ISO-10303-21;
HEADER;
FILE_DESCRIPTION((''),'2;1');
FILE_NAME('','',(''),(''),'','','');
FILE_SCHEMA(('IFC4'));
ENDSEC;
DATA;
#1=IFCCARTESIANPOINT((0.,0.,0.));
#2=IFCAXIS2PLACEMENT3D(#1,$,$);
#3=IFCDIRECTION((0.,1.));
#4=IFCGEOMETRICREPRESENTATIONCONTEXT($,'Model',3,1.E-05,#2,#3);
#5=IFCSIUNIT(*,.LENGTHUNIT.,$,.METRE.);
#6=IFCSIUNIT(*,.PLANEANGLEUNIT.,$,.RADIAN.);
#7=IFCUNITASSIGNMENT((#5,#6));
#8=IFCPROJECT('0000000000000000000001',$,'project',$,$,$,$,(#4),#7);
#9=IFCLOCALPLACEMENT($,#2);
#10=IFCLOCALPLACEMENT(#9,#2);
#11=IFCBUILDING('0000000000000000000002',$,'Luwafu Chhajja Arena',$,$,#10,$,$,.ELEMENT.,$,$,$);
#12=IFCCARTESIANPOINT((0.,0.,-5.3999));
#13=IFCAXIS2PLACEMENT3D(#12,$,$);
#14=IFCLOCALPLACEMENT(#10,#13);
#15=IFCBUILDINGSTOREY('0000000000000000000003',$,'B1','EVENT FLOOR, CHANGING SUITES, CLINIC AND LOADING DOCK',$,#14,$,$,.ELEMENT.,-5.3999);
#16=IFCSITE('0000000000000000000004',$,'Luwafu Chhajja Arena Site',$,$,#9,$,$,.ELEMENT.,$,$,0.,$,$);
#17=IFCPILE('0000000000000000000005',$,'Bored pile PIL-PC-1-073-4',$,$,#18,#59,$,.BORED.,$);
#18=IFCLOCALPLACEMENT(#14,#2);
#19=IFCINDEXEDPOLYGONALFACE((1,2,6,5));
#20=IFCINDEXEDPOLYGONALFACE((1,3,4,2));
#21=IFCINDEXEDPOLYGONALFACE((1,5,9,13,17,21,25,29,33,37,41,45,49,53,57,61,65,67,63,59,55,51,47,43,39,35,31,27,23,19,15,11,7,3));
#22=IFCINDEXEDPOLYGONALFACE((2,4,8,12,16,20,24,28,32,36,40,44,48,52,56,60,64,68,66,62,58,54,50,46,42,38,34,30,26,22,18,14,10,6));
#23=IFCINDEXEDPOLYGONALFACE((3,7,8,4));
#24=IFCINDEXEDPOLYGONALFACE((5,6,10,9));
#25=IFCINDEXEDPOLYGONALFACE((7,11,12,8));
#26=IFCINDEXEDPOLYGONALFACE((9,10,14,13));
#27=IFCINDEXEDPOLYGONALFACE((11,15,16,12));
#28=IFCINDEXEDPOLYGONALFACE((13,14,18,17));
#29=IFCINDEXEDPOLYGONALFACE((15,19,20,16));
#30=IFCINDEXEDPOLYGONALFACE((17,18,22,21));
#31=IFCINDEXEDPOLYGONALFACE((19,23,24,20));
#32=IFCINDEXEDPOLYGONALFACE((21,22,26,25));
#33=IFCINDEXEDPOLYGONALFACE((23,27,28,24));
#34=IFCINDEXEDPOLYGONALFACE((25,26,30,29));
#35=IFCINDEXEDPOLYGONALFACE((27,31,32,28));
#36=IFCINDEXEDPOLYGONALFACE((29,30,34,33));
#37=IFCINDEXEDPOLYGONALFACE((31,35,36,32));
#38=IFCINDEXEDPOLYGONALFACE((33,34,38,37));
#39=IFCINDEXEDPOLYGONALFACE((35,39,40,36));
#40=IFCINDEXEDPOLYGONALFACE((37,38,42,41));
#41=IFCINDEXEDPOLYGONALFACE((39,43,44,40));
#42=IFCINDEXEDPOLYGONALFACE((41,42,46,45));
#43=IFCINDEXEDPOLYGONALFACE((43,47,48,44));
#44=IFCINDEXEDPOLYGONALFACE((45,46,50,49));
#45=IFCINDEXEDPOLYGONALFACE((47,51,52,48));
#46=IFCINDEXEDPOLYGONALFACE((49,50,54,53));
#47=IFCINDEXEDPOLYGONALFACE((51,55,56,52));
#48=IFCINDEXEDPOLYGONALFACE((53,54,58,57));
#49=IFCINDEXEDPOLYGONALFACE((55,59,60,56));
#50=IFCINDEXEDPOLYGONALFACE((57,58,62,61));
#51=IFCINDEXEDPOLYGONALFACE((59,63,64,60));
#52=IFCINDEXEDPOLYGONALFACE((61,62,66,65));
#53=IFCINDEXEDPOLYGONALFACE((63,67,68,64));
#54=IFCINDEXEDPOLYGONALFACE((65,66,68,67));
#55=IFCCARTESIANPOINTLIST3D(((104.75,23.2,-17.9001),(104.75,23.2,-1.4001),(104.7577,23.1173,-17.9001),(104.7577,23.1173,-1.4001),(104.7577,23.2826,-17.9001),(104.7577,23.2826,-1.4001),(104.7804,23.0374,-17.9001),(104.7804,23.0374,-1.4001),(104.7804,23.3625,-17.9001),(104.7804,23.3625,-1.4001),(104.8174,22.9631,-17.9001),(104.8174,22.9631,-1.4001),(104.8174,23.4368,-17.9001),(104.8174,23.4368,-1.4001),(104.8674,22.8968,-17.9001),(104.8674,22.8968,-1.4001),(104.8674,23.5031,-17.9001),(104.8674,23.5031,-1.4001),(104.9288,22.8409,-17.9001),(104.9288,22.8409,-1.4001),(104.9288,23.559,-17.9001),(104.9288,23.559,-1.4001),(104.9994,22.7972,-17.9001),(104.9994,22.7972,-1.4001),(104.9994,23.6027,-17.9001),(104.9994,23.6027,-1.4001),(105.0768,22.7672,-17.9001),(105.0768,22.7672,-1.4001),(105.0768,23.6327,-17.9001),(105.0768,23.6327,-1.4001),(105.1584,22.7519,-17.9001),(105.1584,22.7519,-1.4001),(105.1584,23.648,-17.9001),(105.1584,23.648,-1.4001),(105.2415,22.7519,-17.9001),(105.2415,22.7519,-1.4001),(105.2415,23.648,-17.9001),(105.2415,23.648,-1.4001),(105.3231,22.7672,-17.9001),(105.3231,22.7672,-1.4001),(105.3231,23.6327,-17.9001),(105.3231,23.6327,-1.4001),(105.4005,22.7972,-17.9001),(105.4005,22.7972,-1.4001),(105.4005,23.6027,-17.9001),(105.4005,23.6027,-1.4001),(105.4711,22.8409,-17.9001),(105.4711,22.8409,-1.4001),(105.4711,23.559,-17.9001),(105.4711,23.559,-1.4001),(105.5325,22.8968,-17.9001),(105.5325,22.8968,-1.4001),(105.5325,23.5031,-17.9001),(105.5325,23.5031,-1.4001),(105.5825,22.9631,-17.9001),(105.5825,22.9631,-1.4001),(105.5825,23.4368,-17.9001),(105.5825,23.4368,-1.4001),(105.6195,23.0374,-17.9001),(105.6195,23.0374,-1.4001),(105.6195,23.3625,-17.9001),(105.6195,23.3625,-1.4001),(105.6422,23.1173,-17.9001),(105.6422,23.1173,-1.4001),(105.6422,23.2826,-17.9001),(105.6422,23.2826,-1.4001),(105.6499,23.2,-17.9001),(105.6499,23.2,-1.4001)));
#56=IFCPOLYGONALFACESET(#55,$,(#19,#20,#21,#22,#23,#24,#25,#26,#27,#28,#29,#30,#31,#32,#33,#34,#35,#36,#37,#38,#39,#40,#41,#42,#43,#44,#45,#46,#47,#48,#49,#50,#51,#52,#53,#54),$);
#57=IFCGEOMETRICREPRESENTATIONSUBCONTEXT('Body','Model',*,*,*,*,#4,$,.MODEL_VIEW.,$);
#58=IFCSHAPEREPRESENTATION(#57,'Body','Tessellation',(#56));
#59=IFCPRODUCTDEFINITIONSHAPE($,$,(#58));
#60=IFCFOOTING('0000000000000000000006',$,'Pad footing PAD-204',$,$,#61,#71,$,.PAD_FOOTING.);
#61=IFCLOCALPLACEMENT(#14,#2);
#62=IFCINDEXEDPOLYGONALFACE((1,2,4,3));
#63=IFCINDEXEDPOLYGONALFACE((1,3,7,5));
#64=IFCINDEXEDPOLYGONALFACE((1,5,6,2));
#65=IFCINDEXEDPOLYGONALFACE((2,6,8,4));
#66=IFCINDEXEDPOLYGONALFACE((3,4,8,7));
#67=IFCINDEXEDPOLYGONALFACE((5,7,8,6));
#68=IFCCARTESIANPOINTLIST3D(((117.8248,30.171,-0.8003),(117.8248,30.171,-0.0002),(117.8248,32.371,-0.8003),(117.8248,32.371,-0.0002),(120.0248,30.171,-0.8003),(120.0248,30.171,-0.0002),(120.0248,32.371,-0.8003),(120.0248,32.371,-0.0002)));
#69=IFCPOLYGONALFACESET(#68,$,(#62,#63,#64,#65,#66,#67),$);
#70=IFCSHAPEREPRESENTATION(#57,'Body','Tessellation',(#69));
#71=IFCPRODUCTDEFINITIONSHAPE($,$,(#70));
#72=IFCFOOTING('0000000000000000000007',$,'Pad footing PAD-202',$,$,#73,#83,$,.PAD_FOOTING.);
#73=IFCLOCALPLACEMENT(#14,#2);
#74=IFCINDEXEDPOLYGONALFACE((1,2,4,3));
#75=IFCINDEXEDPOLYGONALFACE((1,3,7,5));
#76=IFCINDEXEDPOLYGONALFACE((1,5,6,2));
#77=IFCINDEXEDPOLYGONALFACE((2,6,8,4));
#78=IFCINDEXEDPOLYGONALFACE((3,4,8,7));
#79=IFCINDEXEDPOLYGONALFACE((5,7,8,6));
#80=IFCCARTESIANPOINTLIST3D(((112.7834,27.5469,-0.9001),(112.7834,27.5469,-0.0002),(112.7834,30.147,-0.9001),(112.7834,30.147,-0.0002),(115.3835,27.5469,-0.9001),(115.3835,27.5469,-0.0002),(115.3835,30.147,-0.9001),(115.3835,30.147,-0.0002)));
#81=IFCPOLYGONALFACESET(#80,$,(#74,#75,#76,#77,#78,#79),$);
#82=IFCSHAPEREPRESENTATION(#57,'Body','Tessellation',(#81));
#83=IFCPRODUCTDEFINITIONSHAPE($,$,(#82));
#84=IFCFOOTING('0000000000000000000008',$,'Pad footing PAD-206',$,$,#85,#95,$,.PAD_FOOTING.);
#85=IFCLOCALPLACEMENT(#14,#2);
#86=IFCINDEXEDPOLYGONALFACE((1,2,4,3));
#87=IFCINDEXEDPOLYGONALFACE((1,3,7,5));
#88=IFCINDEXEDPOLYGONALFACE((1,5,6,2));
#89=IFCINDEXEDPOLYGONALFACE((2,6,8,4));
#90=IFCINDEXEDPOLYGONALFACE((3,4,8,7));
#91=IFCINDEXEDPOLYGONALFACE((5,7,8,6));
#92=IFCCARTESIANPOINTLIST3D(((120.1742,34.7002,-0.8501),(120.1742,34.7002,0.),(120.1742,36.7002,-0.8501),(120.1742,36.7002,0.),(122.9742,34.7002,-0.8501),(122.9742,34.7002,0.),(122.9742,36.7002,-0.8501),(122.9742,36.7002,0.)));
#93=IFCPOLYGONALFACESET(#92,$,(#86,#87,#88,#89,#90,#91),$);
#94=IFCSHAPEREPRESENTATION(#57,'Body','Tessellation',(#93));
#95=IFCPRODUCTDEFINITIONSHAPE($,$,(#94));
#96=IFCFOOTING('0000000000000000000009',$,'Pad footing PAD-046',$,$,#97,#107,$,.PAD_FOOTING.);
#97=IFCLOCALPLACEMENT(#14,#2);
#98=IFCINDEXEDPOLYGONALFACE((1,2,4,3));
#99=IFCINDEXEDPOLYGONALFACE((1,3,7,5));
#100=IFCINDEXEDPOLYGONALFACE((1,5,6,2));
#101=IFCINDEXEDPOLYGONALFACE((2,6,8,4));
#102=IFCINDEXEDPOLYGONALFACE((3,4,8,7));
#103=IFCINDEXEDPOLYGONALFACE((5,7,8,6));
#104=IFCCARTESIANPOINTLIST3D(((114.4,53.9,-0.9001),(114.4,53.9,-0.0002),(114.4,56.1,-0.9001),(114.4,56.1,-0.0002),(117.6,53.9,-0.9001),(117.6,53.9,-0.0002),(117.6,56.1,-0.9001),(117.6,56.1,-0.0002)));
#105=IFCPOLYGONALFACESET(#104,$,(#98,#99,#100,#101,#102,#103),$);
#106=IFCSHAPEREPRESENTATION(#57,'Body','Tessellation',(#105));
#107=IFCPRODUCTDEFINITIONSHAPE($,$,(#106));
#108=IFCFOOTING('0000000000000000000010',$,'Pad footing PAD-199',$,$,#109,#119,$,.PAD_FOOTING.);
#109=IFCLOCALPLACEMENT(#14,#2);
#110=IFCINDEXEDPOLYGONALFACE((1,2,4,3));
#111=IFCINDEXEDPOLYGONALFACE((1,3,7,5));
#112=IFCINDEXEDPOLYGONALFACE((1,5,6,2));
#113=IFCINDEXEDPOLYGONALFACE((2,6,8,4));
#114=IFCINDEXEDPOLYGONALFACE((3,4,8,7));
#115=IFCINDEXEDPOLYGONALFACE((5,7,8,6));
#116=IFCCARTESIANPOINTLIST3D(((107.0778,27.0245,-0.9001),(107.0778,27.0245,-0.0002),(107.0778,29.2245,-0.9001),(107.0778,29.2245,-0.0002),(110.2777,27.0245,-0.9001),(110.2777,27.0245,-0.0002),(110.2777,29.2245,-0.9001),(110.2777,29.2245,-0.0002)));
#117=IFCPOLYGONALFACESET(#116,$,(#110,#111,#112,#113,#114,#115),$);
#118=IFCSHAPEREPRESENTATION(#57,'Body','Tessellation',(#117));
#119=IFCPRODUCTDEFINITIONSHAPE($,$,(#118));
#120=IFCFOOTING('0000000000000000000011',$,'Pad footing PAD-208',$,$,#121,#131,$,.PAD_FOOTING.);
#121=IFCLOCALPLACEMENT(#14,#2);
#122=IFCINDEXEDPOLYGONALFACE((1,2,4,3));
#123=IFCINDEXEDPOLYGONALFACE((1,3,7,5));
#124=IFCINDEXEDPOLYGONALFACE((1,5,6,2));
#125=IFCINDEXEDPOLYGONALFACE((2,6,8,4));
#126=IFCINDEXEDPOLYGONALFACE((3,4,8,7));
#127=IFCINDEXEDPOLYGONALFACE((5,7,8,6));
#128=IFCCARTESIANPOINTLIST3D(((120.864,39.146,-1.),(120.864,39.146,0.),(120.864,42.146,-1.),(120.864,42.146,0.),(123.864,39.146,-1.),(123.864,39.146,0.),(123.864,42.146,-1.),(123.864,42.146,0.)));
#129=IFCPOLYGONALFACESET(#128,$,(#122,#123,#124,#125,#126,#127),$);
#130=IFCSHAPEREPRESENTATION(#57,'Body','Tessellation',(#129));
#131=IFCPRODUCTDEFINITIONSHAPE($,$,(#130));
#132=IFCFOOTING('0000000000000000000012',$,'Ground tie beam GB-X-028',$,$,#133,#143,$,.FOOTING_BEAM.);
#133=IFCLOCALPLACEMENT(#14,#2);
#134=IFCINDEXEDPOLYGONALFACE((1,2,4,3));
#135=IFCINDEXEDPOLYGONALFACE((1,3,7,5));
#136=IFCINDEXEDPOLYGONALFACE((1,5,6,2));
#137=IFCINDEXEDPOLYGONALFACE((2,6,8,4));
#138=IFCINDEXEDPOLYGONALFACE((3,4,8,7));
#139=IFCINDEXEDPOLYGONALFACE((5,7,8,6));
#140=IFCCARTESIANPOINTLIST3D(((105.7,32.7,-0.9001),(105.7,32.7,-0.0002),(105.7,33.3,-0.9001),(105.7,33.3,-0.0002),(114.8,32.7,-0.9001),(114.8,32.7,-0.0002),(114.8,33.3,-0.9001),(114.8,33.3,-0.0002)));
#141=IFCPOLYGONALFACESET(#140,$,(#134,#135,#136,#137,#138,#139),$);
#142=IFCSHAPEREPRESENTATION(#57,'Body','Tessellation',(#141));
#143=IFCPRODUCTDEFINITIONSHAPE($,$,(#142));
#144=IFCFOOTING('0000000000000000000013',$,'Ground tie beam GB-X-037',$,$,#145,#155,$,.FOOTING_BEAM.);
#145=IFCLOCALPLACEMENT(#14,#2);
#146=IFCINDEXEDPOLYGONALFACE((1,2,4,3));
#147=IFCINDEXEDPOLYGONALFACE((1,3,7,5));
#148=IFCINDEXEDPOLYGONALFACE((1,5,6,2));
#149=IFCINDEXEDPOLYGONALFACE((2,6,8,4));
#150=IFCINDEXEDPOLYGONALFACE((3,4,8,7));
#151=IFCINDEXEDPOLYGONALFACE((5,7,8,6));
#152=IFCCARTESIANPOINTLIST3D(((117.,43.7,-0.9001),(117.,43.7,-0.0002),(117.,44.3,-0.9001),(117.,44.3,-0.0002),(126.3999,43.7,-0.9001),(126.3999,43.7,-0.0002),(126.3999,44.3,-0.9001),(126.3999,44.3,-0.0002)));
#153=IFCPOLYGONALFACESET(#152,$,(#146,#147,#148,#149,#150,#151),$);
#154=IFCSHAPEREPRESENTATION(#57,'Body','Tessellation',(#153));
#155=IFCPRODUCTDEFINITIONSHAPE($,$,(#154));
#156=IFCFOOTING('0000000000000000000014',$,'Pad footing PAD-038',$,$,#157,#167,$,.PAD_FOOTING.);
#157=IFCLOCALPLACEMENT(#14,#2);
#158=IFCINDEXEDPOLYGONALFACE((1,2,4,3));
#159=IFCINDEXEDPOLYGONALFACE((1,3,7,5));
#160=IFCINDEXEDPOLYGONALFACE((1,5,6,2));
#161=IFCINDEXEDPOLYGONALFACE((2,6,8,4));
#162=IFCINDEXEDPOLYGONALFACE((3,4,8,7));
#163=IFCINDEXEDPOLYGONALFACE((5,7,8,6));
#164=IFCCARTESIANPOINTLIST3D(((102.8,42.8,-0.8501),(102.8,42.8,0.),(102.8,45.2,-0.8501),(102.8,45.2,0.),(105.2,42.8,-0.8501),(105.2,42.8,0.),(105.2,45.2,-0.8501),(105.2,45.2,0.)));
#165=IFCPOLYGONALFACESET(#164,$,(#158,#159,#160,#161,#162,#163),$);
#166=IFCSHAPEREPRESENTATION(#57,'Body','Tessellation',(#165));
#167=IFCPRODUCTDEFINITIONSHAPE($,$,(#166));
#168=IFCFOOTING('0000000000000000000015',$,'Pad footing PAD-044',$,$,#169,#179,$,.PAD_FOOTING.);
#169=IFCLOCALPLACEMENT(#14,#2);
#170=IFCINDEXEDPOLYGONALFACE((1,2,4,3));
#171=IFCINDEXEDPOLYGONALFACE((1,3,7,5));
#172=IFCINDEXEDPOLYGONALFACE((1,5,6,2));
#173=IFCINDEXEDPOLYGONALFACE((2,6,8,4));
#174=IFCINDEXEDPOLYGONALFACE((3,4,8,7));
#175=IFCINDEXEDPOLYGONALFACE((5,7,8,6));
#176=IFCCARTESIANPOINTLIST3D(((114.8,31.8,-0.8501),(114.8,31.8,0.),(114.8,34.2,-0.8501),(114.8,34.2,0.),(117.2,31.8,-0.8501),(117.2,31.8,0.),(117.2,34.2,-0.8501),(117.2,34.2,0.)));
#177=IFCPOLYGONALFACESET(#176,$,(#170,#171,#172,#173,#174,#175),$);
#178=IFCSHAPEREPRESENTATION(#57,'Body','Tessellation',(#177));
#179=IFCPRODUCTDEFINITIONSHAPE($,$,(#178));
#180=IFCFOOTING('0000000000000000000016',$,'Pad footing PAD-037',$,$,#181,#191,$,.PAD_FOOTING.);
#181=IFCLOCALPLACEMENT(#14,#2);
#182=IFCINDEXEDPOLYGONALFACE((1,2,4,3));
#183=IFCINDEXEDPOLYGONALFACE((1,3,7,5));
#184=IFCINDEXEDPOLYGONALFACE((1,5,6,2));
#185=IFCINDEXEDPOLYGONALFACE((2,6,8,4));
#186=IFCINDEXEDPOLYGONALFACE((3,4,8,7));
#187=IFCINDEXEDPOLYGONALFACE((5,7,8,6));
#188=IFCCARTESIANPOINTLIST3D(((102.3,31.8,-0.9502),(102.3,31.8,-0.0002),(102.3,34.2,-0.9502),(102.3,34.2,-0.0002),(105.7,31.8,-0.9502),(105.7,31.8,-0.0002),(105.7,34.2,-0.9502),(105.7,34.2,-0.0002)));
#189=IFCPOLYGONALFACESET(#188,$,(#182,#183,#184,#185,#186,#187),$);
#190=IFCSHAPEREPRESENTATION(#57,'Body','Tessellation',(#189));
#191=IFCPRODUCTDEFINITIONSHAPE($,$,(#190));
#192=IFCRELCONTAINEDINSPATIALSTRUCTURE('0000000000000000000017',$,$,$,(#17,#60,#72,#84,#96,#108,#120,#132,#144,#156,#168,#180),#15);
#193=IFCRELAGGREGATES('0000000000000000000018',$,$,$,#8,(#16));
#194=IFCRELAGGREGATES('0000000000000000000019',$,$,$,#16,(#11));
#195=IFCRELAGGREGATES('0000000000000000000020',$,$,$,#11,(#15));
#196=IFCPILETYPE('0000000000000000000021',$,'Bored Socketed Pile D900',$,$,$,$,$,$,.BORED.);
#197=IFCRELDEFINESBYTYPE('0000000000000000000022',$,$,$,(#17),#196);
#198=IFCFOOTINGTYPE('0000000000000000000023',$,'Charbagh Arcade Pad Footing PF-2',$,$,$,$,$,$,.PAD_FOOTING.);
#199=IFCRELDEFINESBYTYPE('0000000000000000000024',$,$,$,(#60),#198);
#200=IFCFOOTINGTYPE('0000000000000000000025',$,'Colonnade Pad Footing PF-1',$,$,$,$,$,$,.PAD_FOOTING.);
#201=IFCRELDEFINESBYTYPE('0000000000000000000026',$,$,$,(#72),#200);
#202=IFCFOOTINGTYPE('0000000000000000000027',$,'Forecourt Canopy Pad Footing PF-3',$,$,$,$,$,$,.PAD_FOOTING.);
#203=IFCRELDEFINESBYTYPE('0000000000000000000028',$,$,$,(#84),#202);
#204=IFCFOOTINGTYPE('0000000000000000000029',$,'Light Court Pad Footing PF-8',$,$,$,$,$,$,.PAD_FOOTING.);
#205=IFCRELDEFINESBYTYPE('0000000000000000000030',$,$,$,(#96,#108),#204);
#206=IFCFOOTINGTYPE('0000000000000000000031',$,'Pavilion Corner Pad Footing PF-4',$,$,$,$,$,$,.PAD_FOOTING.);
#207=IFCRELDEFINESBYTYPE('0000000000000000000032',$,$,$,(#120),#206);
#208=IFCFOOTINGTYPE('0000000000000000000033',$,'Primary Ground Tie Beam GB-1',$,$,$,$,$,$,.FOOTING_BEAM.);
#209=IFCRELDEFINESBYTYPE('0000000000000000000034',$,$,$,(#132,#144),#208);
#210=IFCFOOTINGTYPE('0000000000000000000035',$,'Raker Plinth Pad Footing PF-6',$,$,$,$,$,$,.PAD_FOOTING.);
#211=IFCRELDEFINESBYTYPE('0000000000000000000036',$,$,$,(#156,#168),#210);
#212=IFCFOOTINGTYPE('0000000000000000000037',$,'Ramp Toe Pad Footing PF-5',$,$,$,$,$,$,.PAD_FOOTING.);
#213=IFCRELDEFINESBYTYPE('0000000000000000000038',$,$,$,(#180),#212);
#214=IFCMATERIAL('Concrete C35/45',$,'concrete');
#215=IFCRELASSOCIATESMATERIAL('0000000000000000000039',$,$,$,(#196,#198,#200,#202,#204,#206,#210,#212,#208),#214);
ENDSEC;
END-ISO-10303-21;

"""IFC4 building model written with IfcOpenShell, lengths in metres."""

from ifc_helpers import new_model, si_unit, direction, frame, origin, origin_2d, place, context, subcontext, project, spatial, rectangle, circle, extrude, material, material_profile, profile_set, type_object, element, save


model = new_model("IFC4")

# Units and contexts
model_context = context("Model", 3, precision=1e-05, world=origin(), true_north=direction((0.0, 1.0)))
body_context = subcontext(model_context, "Body", "Model", "MODEL_VIEW")
ifc_project = project(units=[si_unit("LENGTHUNIT", "METRE"), si_unit("PLANEANGLEUNIT", "RADIAN")], contexts=[model_context])

# Site, building, storey
site_placement = place(None, origin())
site = spatial("IfcSite", under=ifc_project, at=site_placement, Name="Luwafu Chhajja Arena Site", CompositionType="ELEMENT", RefElevation=0.0)
building_placement = place(site_placement, origin())
building = spatial("IfcBuilding", under=site, at=building_placement, Name="Luwafu Chhajja Arena", CompositionType="ELEMENT")
storey_placement = place(building_placement, frame((0.0, 0.0, -5.3999)))
storey = spatial("IfcBuildingStorey", under=building, at=storey_placement, Name="B1", Description="EVENT FLOOR, CHANGING SUITES, CLINIC AND LOADING DOCK", CompositionType="ELEMENT", Elevation=-5.3999)

# Shared definitions
ifc_material_1 = material(Name="Concrete C35/45", Category="concrete")

# Pile
ifc_material_profile_1 = material_profile(ifc_material_1, circle(Radius=0.45, at=origin_2d()), Name="PILE D900")
ifc_profile_set_1 = profile_set([ifc_material_profile_1], Name="Concrete C35/45")
pile_type_1 = type_object("IfcPileType", Name="Bored Socketed Pile D900", PredefinedType="BORED", material=ifc_profile_set_1)
for number, where, z_axis, x_axis, name in (
    (1, (105.2, 23.2, -1.4001), (0.0, 0.0, -1.0), (1.0, 0.0, 0.0), "Bored pile PIL-PC-1-073-4"),
):
    element("IfcPile", number, at=place(storey_placement, frame(where, z_axis=z_axis, x_axis=x_axis)), inside=storey, type_object=pile_type_1, Name=name, PredefinedType="BORED", context=body_context, shape_type="SweptSolid", body=[
        extrude(circle(Radius=0.45, at=origin_2d()), origin(), (0.0, 0.0, 1.0), 16.5),
    ])

# Footings
footing_type_1 = type_object("IfcFootingType", Name="Charbagh Arcade Pad Footing PF-2", PredefinedType="PAD_FOOTING", material=ifc_material_1)
footing_1_placement = place(storey_placement, frame((118.9248, 31.271, -0.8003), z_axis=(0.0, 0.0, 1.0), x_axis=(1.0, 0.0, 0.0)))
element("IfcFooting", 2, at=footing_1_placement, inside=storey, type_object=footing_type_1, Name="Pad footing PAD-204", PredefinedType="PAD_FOOTING", context=body_context, shape_type="SweptSolid", body=[
    extrude(rectangle(XDim=2.2, YDim=2.2, at=origin_2d()), origin(), (0.0, 0.0, 1.0), 0.8),
])
footing_type_2 = type_object("IfcFootingType", Name="Colonnade Pad Footing PF-1", PredefinedType="PAD_FOOTING", material=ifc_material_1)
footing_2_placement = place(storey_placement, frame((114.0835, 28.8469, -0.9001), z_axis=(0.0, 0.0, 1.0), x_axis=(1.0, 0.0, 0.0)))
element("IfcFooting", 3, at=footing_2_placement, inside=storey, type_object=footing_type_2, Name="Pad footing PAD-202", PredefinedType="PAD_FOOTING", context=body_context, shape_type="SweptSolid", body=[
    extrude(rectangle(XDim=2.6001, YDim=2.6001, at=origin_2d()), origin(), (0.0, 0.0, 1.0), 0.8999),
])
footing_type_3 = type_object("IfcFootingType", Name="Forecourt Canopy Pad Footing PF-3", PredefinedType="PAD_FOOTING", material=ifc_material_1)
footing_3_placement = place(storey_placement, frame((121.5742, 35.7002, -0.8501), z_axis=(0.0, 0.0, 1.0), x_axis=(1.0, 0.0, 0.0)))
element("IfcFooting", 4, at=footing_3_placement, inside=storey, type_object=footing_type_3, Name="Pad footing PAD-206", PredefinedType="PAD_FOOTING", context=body_context, shape_type="SweptSolid", body=[
    extrude(rectangle(XDim=2.8, YDim=2.0, at=origin_2d()), origin(), (0.0, 0.0, 1.0), 0.8501),
])
footing_type_4 = type_object("IfcFootingType", Name="Light Court Pad Footing PF-8", PredefinedType="PAD_FOOTING", material=ifc_material_1)
for number, where, z_axis, x_axis, name in (
    (5, (116.0, 55.0, -0.9001), (0.0, 0.0, 1.0), (1.0, 0.0, 0.0), "Pad footing PAD-046"),
    (6, (108.6777, 28.1245, -0.9001), (0.0, 0.0, 1.0), (1.0, 0.0, 0.0), "Pad footing PAD-199"),
):
    element("IfcFooting", number, at=place(storey_placement, frame(where, z_axis=z_axis, x_axis=x_axis)), inside=storey, type_object=footing_type_4, Name=name, PredefinedType="PAD_FOOTING", context=body_context, shape_type="SweptSolid", body=[
        extrude(rectangle(XDim=3.2, YDim=2.2, at=origin_2d()), origin(), (0.0, 0.0, 1.0), 0.8999),
    ])
footing_type_5 = type_object("IfcFootingType", Name="Pavilion Corner Pad Footing PF-4", PredefinedType="PAD_FOOTING", material=ifc_material_1)
footing_4_placement = place(storey_placement, frame((122.364, 40.646, -1.0), z_axis=(0.0, 0.0, 1.0), x_axis=(1.0, 0.0, 0.0)))
element("IfcFooting", 7, at=footing_4_placement, inside=storey, type_object=footing_type_5, Name="Pad footing PAD-208", PredefinedType="PAD_FOOTING", context=body_context, shape_type="SweptSolid", body=[
    extrude(rectangle(XDim=3.0, YDim=3.0, at=origin_2d()), origin(), (0.0, 0.0, 1.0), 1.0),
])
ifc_material_profile_2 = material_profile(ifc_material_1, rectangle(XDim=0.6001, YDim=0.8999, at=origin_2d()), Name="RC 600x900")
ifc_profile_set_2 = profile_set([ifc_material_profile_2], Name="Concrete C35/45")
footing_type_6 = type_object("IfcFootingType", Name="Primary Ground Tie Beam GB-1", PredefinedType="FOOTING_BEAM", material=ifc_profile_set_2)
footing_5_placement = place(storey_placement, frame((105.7, 33.0, -0.4502), z_axis=(1.0, 0.0, 0.0), x_axis=(0.0, 1.0, 0.0)))
element("IfcFooting", 8, at=footing_5_placement, inside=storey, type_object=footing_type_6, Name="Ground tie beam GB-X-028", PredefinedType="FOOTING_BEAM", context=body_context, shape_type="SweptSolid", body=[
    extrude(rectangle(XDim=0.6001, YDim=0.8999, at=origin_2d()), origin(), (0.0, 0.0, 1.0), 9.1001),
])
footing_6_placement = place(storey_placement, frame((117.0, 44.0, -0.4502), z_axis=(1.0, 0.0, 0.0), x_axis=(0.0, 1.0, 0.0)))
element("IfcFooting", 9, at=footing_6_placement, inside=storey, type_object=footing_type_6, Name="Ground tie beam GB-X-037", PredefinedType="FOOTING_BEAM", context=body_context, shape_type="SweptSolid", body=[
    extrude(rectangle(XDim=0.6001, YDim=0.8999, at=origin_2d()), origin(), (0.0, 0.0, 1.0), 9.3999),
])
footing_type_7 = type_object("IfcFootingType", Name="Raker Plinth Pad Footing PF-6", PredefinedType="PAD_FOOTING", material=ifc_material_1)
for number, where, z_axis, x_axis, name in (
    (10, (104.0, 44.0, -0.8501), (0.0, 0.0, 1.0), (1.0, 0.0, 0.0), "Pad footing PAD-038"),
    (11, (116.0, 33.0, -0.8501), (0.0, 0.0, 1.0), (1.0, 0.0, 0.0), "Pad footing PAD-044"),
):
    element("IfcFooting", number, at=place(storey_placement, frame(where, z_axis=z_axis, x_axis=x_axis)), inside=storey, type_object=footing_type_7, Name=name, PredefinedType="PAD_FOOTING", context=body_context, shape_type="SweptSolid", body=[
        extrude(rectangle(XDim=2.3999, YDim=2.3999, at=origin_2d()), origin(), (0.0, 0.0, 1.0), 0.8501),
    ])
footing_type_8 = type_object("IfcFootingType", Name="Ramp Toe Pad Footing PF-5", PredefinedType="PAD_FOOTING", material=ifc_material_1)
footing_7_placement = place(storey_placement, frame((104.0, 33.0, -0.9502), z_axis=(0.0, 0.0, 1.0), x_axis=(1.0, 0.0, 0.0)))
element("IfcFooting", 12, at=footing_7_placement, inside=storey, type_object=footing_type_8, Name="Pad footing PAD-037", PredefinedType="PAD_FOOTING", context=body_context, shape_type="SweptSolid", body=[
    extrude(rectangle(XDim=3.3999, YDim=2.3999, at=origin_2d()), origin(), (0.0, 0.0, 1.0), 0.95),
])

save(model, "model.ifc")
